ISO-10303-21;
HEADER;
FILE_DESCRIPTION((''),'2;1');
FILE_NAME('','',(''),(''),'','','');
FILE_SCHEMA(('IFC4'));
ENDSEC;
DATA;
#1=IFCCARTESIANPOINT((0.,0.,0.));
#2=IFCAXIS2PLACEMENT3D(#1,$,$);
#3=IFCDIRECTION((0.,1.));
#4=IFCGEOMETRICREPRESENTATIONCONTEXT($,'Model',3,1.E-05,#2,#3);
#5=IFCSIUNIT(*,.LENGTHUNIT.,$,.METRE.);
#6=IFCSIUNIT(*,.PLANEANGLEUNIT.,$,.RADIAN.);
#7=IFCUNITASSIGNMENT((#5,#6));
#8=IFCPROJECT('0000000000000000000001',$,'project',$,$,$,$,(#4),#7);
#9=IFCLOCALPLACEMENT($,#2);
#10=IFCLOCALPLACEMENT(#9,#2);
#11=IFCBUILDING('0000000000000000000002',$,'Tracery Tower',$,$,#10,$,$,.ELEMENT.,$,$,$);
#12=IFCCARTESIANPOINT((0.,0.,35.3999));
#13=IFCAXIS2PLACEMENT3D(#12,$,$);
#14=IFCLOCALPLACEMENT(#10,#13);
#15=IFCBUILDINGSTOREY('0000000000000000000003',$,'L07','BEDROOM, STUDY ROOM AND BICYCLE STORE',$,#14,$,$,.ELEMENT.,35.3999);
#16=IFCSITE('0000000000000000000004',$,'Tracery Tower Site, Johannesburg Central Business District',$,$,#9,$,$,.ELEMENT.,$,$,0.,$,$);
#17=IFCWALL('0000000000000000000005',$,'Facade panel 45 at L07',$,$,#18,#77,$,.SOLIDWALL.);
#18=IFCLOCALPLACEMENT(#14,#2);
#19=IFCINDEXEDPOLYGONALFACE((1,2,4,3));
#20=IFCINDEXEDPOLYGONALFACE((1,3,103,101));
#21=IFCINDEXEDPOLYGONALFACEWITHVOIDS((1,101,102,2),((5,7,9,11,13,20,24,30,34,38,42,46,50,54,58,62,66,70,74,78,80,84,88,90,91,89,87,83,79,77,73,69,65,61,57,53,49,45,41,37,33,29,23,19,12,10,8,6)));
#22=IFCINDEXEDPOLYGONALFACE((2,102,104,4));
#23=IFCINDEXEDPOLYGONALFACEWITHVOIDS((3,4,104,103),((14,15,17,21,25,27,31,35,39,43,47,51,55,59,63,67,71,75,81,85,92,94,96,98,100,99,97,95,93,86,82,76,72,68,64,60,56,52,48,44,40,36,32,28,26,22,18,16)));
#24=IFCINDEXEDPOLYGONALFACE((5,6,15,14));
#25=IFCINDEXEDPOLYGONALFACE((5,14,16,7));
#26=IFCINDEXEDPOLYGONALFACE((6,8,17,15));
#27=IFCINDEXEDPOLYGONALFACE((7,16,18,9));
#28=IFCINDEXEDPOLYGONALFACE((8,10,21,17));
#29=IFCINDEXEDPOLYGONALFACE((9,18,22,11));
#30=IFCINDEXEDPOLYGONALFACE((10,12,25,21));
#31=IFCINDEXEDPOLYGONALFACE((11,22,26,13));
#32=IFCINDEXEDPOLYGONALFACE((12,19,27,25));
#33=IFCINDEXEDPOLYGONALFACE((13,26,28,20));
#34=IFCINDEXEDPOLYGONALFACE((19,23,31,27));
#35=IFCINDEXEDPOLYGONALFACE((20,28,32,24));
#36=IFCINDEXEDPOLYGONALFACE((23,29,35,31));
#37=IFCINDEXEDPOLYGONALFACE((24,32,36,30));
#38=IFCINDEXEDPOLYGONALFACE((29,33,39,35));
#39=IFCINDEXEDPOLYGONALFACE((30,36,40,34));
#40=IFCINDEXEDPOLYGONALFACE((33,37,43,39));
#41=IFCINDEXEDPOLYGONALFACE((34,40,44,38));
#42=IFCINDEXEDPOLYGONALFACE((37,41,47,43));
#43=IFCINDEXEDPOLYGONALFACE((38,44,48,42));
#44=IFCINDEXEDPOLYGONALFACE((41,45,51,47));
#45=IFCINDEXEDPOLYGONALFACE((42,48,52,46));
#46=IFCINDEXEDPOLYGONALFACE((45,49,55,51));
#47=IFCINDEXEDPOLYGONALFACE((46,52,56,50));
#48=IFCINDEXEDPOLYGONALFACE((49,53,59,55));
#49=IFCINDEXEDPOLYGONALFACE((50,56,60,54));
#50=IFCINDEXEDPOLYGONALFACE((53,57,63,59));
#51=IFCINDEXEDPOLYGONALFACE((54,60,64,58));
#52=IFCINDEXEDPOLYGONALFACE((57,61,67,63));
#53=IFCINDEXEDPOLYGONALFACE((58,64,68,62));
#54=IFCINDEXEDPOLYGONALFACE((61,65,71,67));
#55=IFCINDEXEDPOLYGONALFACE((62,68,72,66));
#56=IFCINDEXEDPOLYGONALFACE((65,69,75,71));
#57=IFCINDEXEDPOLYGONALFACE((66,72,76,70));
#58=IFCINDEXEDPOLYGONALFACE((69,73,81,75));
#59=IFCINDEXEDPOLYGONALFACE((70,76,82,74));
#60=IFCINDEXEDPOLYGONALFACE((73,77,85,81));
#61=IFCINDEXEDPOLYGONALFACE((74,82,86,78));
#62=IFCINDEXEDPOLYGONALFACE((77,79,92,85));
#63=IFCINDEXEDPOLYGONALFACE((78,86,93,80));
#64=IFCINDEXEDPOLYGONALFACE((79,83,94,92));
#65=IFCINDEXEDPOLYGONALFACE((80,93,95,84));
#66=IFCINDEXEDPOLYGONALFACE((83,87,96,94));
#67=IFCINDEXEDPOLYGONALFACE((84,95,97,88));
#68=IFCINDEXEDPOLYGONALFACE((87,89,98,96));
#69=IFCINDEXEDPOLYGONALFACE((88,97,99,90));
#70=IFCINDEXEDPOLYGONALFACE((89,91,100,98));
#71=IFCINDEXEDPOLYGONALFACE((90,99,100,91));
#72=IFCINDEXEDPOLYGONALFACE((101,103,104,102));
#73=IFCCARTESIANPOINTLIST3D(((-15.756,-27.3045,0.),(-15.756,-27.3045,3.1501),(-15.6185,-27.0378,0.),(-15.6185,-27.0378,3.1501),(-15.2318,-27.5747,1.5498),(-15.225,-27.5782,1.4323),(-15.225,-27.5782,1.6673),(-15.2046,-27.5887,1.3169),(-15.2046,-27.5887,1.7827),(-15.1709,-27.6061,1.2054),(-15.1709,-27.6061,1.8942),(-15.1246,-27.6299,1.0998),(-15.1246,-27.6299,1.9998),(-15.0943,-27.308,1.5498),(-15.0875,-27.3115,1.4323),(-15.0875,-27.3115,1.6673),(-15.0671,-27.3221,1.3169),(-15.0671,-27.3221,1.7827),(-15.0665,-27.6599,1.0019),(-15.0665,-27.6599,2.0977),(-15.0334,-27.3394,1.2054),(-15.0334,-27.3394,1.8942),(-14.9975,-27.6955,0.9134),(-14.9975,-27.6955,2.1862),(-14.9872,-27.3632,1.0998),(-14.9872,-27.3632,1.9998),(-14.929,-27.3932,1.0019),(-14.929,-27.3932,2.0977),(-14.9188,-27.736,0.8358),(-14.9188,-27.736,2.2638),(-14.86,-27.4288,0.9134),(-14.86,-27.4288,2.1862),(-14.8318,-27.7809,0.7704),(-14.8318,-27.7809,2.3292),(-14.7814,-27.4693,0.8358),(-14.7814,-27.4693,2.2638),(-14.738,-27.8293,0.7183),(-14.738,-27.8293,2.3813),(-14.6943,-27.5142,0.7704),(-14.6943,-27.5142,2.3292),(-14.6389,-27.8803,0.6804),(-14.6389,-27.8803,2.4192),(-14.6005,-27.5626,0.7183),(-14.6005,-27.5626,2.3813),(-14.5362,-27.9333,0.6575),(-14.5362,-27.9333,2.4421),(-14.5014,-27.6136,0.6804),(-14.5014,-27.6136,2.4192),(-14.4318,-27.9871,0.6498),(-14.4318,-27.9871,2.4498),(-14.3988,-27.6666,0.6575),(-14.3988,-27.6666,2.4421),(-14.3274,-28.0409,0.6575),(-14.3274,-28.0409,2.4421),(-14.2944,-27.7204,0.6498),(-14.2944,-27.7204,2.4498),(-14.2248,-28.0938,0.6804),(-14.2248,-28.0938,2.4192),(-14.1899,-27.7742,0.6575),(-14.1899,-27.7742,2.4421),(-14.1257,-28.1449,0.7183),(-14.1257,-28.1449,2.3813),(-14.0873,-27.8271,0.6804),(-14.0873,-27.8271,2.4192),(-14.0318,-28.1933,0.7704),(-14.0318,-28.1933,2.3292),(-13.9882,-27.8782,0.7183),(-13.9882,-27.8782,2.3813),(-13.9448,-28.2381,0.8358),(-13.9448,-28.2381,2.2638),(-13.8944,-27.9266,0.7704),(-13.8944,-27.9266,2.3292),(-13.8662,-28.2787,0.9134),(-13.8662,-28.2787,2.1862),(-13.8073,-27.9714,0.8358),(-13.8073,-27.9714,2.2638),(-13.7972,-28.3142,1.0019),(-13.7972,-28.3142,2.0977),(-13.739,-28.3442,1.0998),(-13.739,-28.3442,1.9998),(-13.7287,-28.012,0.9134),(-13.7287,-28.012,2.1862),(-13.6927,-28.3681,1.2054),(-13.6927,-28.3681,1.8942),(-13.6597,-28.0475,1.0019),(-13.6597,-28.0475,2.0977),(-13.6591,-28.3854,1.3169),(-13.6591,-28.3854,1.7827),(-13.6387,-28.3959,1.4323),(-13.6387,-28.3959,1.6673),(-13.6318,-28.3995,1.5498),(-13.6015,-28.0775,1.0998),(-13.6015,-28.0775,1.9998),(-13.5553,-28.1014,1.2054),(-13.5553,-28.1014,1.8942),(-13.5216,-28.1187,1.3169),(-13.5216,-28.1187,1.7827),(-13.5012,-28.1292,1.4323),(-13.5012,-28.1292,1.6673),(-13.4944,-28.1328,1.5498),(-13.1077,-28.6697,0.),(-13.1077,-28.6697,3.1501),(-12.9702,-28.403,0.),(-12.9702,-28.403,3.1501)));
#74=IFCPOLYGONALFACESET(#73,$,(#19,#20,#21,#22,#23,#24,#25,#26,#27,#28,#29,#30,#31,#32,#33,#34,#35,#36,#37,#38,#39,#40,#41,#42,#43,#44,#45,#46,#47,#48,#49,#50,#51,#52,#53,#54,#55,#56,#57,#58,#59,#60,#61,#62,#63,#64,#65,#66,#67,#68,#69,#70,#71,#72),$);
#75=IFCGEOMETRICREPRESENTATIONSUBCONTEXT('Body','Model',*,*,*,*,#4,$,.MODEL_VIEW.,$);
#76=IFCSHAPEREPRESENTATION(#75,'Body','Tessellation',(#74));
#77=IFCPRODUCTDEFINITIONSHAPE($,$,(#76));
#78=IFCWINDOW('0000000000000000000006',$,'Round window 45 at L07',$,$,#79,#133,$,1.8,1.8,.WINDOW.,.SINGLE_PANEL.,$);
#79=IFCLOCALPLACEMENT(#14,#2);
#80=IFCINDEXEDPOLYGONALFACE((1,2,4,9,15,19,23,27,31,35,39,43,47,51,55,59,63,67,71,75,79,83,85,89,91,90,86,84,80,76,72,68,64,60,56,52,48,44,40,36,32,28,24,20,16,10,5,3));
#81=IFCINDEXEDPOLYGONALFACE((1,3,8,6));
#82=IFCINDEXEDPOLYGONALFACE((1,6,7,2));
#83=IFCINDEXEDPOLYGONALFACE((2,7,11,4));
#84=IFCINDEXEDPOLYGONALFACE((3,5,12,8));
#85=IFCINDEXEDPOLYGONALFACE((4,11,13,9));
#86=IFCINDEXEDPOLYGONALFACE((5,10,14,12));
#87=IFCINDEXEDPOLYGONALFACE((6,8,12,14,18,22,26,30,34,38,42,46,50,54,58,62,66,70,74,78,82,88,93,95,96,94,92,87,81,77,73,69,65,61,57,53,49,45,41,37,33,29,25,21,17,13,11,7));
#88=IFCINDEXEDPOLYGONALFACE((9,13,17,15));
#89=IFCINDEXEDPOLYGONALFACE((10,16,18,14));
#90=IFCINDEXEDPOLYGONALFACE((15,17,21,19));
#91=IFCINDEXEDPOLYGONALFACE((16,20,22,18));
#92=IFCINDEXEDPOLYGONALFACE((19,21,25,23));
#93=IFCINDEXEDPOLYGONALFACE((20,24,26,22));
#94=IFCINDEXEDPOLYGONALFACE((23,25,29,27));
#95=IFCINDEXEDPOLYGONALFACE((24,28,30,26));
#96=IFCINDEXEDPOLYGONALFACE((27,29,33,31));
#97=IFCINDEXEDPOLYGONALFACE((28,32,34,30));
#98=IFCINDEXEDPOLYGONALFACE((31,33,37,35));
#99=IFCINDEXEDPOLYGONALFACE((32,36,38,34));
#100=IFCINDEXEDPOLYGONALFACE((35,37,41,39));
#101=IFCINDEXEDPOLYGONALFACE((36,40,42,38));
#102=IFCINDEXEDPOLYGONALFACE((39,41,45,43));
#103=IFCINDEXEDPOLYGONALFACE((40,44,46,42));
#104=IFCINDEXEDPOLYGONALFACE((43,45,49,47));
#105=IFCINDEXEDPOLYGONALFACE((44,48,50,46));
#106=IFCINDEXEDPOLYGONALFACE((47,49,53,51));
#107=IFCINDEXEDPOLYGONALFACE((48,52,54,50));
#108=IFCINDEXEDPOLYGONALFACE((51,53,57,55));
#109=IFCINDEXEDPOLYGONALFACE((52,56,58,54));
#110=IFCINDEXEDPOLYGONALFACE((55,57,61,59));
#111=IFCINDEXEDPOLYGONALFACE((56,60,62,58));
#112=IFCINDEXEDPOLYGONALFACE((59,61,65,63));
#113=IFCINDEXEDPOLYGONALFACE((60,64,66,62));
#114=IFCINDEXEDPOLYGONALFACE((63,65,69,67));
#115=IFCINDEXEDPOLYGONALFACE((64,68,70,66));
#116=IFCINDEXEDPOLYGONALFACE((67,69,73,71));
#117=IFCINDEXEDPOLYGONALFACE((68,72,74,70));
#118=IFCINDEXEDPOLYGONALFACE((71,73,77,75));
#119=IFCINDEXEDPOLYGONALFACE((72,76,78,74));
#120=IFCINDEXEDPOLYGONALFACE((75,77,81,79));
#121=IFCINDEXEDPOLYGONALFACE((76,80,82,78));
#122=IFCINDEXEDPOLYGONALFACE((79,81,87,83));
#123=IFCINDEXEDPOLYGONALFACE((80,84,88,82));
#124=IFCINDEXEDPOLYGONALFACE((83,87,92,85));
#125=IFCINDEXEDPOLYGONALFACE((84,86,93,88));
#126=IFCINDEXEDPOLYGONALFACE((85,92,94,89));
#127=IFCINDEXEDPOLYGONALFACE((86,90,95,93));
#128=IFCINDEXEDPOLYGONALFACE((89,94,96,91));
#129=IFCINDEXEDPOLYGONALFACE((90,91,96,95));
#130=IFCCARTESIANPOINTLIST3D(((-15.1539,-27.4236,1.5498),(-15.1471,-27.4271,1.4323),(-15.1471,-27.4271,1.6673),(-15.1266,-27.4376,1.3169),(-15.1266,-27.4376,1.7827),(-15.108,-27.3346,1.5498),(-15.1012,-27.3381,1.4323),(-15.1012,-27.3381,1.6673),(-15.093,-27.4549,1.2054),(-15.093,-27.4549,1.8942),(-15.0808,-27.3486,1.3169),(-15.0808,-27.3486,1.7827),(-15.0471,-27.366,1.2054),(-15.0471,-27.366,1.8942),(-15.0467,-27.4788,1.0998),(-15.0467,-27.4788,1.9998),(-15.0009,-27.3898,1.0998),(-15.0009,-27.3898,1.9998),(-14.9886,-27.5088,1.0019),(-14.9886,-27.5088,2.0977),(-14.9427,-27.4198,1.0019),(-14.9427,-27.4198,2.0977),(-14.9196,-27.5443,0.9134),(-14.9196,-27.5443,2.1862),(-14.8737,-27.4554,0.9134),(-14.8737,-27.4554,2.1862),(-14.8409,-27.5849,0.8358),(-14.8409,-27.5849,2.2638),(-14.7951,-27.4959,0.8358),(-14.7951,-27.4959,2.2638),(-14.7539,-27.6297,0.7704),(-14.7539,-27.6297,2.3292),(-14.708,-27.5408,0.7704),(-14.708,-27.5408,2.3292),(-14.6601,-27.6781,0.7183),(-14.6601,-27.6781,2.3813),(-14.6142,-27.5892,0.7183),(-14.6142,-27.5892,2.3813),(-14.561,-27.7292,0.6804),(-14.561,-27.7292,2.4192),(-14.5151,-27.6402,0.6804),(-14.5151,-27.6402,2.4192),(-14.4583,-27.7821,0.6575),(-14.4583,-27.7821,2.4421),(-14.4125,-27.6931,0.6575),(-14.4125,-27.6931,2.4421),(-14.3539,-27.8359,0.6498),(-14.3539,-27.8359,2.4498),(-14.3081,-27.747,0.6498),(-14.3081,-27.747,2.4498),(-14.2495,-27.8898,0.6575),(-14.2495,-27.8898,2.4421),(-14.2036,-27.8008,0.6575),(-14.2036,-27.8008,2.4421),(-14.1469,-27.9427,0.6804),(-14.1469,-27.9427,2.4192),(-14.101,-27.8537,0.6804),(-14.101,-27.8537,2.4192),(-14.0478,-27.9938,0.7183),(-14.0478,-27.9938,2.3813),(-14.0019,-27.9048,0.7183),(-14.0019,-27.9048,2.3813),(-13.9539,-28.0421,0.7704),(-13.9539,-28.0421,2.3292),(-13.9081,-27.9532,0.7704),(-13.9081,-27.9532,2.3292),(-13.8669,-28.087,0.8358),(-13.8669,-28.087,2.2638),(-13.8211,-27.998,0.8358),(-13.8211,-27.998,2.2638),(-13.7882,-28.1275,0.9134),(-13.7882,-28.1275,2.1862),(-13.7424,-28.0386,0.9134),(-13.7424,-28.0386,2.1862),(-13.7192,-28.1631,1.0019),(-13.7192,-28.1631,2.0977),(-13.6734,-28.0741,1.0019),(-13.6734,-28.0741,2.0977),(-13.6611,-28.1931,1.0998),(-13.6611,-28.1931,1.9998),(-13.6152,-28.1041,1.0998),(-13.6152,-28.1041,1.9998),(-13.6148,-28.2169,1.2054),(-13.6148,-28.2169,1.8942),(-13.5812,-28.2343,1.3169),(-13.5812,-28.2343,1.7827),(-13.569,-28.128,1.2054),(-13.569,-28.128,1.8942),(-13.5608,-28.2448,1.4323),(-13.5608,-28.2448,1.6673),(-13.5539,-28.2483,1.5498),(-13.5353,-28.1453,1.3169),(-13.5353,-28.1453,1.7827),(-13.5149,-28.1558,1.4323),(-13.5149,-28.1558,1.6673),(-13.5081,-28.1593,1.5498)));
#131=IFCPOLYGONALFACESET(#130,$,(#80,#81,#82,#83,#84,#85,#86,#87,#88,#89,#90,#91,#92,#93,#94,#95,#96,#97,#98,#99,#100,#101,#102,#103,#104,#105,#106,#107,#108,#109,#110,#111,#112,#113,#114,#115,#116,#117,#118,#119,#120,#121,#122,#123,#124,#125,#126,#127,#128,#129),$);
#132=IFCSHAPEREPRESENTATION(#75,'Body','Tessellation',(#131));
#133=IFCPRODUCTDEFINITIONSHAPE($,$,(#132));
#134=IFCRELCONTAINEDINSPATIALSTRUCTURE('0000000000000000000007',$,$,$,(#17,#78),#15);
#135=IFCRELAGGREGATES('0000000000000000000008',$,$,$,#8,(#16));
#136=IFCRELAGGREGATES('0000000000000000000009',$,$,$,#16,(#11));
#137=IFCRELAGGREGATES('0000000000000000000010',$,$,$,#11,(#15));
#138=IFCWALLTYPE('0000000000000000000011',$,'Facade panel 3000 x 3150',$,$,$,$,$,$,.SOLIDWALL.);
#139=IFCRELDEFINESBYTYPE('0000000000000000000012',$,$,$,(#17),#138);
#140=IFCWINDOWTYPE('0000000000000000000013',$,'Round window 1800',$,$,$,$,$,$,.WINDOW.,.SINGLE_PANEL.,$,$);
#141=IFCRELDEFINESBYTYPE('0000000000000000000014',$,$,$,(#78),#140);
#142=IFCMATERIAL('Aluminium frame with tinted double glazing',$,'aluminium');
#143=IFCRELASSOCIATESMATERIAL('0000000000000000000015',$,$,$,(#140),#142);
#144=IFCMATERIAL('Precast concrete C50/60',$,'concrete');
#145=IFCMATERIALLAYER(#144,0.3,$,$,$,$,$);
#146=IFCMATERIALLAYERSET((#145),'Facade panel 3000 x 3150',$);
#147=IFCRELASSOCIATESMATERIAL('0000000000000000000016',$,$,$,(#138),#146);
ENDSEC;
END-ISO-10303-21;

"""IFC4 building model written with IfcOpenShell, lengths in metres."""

from ifc_helpers import new_model, si_unit, direction, frame, frame_2d, origin, origin_2d, place, context, subcontext, project, spatial, rectangle, circle, extrude, material, layer, layer_set, type_object, element, fill, save


model = new_model("IFC4")

# Units and contexts
model_context = context("Model", 3, precision=1e-05, world=origin(), true_north=direction((0.0, 1.0)))
body_context = subcontext(model_context, "Body", "Model", "MODEL_VIEW")
ifc_project = project(units=[si_unit("LENGTHUNIT", "METRE"), si_unit("PLANEANGLEUNIT", "RADIAN")], contexts=[model_context])

# Site, building, storey
site_placement = place(None, origin())
site = spatial("IfcSite", under=ifc_project, at=site_placement, Name="Tracery Tower Site, Johannesburg Central Business District", CompositionType="ELEMENT", RefElevation=0.0)
building_placement = place(site_placement, origin())
building = spatial("IfcBuilding", under=site, at=building_placement, Name="Tracery Tower", CompositionType="ELEMENT")
storey_placement = place(building_placement, frame((0.0, 0.0, 35.3999)))
storey = spatial("IfcBuildingStorey", under=building, at=storey_placement, Name="L07", Description="BEDROOM, STUDY ROOM AND BICYCLE STORE", CompositionType="ELEMENT", Elevation=35.3999)

# Wall, opening, window
ifc_material_1 = material(Name="Aluminium frame with tinted double glazing", Category="aluminium")
window_type = type_object("IfcWindowType", Name="Round window 1800", PartitioningType="SINGLE_PANEL", PredefinedType="WINDOW", material=ifc_material_1)
ifc_material_2 = material(Name="Precast concrete C50/60", Category="concrete")
ifc_layer_1 = layer(ifc_material_2, 0.3)
ifc_layer_set_1 = layer_set([ifc_layer_1], Name="Facade panel 3000 x 3150")
wall_type_1 = type_object("IfcWallType", Name="Facade panel 3000 x 3150", PredefinedType="SOLIDWALL", material=ifc_layer_set_1)
wall_1_placement = place(storey_placement, frame((-15.6873, -27.1711, 0.0), z_axis=(0.0, 0.0, 1.0), x_axis=(0.888853, -0.458192, 0.0)))
wall_1 = element("IfcWall", 1, at=wall_1_placement, inside=storey, type_object=wall_type_1, Name="Facade panel 45 at L07", PredefinedType="SOLIDWALL", context=body_context, shape_type="SweptSolid", body=[
    extrude(rectangle(XDim=2.9795, YDim=0.3, at=frame_2d((1.4897, 0.0))), origin(), (0.0, 0.0, 1.0), 3.1501),
])
opening_1_placement = place(wall_1_placement, frame((1.4897, 0.0, 1.5498)))
opening_1 = element("IfcOpeningElement", 2, at=opening_1_placement, cuts=wall_1, PredefinedType="OPENING", context=body_context, shape_type="SweptSolid", body=[
    extrude(circle(Radius=0.9, at=origin_2d()), frame((0.0, 0.1599, 0.0), z_axis=(0.0, -1.0, 0.0), x_axis=(1.0, 0.0, 0.0)), (0.0, 0.0, 1.0), 0.3201),
])
window_1_placement = place(opening_1_placement, origin())
window_1 = element("IfcWindow", 3, at=window_1_placement, inside=storey, type_object=window_type, Name="Round window 45 at L07", OverallHeight=1.8, OverallWidth=1.8, PartitioningType="SINGLE_PANEL", PredefinedType="WINDOW", context=body_context, shape_type="SweptSolid", body=[
    extrude(circle(Radius=0.9, at=origin_2d()), frame((0.0, 0.1201, 0.0), z_axis=(0.0, -1.0, 0.0), x_axis=(1.0, 0.0, 0.0)), (0.0, 0.0, 1.0), 0.1001),
])
fill(opening_1, window_1)

save(model, "model.ifc")
